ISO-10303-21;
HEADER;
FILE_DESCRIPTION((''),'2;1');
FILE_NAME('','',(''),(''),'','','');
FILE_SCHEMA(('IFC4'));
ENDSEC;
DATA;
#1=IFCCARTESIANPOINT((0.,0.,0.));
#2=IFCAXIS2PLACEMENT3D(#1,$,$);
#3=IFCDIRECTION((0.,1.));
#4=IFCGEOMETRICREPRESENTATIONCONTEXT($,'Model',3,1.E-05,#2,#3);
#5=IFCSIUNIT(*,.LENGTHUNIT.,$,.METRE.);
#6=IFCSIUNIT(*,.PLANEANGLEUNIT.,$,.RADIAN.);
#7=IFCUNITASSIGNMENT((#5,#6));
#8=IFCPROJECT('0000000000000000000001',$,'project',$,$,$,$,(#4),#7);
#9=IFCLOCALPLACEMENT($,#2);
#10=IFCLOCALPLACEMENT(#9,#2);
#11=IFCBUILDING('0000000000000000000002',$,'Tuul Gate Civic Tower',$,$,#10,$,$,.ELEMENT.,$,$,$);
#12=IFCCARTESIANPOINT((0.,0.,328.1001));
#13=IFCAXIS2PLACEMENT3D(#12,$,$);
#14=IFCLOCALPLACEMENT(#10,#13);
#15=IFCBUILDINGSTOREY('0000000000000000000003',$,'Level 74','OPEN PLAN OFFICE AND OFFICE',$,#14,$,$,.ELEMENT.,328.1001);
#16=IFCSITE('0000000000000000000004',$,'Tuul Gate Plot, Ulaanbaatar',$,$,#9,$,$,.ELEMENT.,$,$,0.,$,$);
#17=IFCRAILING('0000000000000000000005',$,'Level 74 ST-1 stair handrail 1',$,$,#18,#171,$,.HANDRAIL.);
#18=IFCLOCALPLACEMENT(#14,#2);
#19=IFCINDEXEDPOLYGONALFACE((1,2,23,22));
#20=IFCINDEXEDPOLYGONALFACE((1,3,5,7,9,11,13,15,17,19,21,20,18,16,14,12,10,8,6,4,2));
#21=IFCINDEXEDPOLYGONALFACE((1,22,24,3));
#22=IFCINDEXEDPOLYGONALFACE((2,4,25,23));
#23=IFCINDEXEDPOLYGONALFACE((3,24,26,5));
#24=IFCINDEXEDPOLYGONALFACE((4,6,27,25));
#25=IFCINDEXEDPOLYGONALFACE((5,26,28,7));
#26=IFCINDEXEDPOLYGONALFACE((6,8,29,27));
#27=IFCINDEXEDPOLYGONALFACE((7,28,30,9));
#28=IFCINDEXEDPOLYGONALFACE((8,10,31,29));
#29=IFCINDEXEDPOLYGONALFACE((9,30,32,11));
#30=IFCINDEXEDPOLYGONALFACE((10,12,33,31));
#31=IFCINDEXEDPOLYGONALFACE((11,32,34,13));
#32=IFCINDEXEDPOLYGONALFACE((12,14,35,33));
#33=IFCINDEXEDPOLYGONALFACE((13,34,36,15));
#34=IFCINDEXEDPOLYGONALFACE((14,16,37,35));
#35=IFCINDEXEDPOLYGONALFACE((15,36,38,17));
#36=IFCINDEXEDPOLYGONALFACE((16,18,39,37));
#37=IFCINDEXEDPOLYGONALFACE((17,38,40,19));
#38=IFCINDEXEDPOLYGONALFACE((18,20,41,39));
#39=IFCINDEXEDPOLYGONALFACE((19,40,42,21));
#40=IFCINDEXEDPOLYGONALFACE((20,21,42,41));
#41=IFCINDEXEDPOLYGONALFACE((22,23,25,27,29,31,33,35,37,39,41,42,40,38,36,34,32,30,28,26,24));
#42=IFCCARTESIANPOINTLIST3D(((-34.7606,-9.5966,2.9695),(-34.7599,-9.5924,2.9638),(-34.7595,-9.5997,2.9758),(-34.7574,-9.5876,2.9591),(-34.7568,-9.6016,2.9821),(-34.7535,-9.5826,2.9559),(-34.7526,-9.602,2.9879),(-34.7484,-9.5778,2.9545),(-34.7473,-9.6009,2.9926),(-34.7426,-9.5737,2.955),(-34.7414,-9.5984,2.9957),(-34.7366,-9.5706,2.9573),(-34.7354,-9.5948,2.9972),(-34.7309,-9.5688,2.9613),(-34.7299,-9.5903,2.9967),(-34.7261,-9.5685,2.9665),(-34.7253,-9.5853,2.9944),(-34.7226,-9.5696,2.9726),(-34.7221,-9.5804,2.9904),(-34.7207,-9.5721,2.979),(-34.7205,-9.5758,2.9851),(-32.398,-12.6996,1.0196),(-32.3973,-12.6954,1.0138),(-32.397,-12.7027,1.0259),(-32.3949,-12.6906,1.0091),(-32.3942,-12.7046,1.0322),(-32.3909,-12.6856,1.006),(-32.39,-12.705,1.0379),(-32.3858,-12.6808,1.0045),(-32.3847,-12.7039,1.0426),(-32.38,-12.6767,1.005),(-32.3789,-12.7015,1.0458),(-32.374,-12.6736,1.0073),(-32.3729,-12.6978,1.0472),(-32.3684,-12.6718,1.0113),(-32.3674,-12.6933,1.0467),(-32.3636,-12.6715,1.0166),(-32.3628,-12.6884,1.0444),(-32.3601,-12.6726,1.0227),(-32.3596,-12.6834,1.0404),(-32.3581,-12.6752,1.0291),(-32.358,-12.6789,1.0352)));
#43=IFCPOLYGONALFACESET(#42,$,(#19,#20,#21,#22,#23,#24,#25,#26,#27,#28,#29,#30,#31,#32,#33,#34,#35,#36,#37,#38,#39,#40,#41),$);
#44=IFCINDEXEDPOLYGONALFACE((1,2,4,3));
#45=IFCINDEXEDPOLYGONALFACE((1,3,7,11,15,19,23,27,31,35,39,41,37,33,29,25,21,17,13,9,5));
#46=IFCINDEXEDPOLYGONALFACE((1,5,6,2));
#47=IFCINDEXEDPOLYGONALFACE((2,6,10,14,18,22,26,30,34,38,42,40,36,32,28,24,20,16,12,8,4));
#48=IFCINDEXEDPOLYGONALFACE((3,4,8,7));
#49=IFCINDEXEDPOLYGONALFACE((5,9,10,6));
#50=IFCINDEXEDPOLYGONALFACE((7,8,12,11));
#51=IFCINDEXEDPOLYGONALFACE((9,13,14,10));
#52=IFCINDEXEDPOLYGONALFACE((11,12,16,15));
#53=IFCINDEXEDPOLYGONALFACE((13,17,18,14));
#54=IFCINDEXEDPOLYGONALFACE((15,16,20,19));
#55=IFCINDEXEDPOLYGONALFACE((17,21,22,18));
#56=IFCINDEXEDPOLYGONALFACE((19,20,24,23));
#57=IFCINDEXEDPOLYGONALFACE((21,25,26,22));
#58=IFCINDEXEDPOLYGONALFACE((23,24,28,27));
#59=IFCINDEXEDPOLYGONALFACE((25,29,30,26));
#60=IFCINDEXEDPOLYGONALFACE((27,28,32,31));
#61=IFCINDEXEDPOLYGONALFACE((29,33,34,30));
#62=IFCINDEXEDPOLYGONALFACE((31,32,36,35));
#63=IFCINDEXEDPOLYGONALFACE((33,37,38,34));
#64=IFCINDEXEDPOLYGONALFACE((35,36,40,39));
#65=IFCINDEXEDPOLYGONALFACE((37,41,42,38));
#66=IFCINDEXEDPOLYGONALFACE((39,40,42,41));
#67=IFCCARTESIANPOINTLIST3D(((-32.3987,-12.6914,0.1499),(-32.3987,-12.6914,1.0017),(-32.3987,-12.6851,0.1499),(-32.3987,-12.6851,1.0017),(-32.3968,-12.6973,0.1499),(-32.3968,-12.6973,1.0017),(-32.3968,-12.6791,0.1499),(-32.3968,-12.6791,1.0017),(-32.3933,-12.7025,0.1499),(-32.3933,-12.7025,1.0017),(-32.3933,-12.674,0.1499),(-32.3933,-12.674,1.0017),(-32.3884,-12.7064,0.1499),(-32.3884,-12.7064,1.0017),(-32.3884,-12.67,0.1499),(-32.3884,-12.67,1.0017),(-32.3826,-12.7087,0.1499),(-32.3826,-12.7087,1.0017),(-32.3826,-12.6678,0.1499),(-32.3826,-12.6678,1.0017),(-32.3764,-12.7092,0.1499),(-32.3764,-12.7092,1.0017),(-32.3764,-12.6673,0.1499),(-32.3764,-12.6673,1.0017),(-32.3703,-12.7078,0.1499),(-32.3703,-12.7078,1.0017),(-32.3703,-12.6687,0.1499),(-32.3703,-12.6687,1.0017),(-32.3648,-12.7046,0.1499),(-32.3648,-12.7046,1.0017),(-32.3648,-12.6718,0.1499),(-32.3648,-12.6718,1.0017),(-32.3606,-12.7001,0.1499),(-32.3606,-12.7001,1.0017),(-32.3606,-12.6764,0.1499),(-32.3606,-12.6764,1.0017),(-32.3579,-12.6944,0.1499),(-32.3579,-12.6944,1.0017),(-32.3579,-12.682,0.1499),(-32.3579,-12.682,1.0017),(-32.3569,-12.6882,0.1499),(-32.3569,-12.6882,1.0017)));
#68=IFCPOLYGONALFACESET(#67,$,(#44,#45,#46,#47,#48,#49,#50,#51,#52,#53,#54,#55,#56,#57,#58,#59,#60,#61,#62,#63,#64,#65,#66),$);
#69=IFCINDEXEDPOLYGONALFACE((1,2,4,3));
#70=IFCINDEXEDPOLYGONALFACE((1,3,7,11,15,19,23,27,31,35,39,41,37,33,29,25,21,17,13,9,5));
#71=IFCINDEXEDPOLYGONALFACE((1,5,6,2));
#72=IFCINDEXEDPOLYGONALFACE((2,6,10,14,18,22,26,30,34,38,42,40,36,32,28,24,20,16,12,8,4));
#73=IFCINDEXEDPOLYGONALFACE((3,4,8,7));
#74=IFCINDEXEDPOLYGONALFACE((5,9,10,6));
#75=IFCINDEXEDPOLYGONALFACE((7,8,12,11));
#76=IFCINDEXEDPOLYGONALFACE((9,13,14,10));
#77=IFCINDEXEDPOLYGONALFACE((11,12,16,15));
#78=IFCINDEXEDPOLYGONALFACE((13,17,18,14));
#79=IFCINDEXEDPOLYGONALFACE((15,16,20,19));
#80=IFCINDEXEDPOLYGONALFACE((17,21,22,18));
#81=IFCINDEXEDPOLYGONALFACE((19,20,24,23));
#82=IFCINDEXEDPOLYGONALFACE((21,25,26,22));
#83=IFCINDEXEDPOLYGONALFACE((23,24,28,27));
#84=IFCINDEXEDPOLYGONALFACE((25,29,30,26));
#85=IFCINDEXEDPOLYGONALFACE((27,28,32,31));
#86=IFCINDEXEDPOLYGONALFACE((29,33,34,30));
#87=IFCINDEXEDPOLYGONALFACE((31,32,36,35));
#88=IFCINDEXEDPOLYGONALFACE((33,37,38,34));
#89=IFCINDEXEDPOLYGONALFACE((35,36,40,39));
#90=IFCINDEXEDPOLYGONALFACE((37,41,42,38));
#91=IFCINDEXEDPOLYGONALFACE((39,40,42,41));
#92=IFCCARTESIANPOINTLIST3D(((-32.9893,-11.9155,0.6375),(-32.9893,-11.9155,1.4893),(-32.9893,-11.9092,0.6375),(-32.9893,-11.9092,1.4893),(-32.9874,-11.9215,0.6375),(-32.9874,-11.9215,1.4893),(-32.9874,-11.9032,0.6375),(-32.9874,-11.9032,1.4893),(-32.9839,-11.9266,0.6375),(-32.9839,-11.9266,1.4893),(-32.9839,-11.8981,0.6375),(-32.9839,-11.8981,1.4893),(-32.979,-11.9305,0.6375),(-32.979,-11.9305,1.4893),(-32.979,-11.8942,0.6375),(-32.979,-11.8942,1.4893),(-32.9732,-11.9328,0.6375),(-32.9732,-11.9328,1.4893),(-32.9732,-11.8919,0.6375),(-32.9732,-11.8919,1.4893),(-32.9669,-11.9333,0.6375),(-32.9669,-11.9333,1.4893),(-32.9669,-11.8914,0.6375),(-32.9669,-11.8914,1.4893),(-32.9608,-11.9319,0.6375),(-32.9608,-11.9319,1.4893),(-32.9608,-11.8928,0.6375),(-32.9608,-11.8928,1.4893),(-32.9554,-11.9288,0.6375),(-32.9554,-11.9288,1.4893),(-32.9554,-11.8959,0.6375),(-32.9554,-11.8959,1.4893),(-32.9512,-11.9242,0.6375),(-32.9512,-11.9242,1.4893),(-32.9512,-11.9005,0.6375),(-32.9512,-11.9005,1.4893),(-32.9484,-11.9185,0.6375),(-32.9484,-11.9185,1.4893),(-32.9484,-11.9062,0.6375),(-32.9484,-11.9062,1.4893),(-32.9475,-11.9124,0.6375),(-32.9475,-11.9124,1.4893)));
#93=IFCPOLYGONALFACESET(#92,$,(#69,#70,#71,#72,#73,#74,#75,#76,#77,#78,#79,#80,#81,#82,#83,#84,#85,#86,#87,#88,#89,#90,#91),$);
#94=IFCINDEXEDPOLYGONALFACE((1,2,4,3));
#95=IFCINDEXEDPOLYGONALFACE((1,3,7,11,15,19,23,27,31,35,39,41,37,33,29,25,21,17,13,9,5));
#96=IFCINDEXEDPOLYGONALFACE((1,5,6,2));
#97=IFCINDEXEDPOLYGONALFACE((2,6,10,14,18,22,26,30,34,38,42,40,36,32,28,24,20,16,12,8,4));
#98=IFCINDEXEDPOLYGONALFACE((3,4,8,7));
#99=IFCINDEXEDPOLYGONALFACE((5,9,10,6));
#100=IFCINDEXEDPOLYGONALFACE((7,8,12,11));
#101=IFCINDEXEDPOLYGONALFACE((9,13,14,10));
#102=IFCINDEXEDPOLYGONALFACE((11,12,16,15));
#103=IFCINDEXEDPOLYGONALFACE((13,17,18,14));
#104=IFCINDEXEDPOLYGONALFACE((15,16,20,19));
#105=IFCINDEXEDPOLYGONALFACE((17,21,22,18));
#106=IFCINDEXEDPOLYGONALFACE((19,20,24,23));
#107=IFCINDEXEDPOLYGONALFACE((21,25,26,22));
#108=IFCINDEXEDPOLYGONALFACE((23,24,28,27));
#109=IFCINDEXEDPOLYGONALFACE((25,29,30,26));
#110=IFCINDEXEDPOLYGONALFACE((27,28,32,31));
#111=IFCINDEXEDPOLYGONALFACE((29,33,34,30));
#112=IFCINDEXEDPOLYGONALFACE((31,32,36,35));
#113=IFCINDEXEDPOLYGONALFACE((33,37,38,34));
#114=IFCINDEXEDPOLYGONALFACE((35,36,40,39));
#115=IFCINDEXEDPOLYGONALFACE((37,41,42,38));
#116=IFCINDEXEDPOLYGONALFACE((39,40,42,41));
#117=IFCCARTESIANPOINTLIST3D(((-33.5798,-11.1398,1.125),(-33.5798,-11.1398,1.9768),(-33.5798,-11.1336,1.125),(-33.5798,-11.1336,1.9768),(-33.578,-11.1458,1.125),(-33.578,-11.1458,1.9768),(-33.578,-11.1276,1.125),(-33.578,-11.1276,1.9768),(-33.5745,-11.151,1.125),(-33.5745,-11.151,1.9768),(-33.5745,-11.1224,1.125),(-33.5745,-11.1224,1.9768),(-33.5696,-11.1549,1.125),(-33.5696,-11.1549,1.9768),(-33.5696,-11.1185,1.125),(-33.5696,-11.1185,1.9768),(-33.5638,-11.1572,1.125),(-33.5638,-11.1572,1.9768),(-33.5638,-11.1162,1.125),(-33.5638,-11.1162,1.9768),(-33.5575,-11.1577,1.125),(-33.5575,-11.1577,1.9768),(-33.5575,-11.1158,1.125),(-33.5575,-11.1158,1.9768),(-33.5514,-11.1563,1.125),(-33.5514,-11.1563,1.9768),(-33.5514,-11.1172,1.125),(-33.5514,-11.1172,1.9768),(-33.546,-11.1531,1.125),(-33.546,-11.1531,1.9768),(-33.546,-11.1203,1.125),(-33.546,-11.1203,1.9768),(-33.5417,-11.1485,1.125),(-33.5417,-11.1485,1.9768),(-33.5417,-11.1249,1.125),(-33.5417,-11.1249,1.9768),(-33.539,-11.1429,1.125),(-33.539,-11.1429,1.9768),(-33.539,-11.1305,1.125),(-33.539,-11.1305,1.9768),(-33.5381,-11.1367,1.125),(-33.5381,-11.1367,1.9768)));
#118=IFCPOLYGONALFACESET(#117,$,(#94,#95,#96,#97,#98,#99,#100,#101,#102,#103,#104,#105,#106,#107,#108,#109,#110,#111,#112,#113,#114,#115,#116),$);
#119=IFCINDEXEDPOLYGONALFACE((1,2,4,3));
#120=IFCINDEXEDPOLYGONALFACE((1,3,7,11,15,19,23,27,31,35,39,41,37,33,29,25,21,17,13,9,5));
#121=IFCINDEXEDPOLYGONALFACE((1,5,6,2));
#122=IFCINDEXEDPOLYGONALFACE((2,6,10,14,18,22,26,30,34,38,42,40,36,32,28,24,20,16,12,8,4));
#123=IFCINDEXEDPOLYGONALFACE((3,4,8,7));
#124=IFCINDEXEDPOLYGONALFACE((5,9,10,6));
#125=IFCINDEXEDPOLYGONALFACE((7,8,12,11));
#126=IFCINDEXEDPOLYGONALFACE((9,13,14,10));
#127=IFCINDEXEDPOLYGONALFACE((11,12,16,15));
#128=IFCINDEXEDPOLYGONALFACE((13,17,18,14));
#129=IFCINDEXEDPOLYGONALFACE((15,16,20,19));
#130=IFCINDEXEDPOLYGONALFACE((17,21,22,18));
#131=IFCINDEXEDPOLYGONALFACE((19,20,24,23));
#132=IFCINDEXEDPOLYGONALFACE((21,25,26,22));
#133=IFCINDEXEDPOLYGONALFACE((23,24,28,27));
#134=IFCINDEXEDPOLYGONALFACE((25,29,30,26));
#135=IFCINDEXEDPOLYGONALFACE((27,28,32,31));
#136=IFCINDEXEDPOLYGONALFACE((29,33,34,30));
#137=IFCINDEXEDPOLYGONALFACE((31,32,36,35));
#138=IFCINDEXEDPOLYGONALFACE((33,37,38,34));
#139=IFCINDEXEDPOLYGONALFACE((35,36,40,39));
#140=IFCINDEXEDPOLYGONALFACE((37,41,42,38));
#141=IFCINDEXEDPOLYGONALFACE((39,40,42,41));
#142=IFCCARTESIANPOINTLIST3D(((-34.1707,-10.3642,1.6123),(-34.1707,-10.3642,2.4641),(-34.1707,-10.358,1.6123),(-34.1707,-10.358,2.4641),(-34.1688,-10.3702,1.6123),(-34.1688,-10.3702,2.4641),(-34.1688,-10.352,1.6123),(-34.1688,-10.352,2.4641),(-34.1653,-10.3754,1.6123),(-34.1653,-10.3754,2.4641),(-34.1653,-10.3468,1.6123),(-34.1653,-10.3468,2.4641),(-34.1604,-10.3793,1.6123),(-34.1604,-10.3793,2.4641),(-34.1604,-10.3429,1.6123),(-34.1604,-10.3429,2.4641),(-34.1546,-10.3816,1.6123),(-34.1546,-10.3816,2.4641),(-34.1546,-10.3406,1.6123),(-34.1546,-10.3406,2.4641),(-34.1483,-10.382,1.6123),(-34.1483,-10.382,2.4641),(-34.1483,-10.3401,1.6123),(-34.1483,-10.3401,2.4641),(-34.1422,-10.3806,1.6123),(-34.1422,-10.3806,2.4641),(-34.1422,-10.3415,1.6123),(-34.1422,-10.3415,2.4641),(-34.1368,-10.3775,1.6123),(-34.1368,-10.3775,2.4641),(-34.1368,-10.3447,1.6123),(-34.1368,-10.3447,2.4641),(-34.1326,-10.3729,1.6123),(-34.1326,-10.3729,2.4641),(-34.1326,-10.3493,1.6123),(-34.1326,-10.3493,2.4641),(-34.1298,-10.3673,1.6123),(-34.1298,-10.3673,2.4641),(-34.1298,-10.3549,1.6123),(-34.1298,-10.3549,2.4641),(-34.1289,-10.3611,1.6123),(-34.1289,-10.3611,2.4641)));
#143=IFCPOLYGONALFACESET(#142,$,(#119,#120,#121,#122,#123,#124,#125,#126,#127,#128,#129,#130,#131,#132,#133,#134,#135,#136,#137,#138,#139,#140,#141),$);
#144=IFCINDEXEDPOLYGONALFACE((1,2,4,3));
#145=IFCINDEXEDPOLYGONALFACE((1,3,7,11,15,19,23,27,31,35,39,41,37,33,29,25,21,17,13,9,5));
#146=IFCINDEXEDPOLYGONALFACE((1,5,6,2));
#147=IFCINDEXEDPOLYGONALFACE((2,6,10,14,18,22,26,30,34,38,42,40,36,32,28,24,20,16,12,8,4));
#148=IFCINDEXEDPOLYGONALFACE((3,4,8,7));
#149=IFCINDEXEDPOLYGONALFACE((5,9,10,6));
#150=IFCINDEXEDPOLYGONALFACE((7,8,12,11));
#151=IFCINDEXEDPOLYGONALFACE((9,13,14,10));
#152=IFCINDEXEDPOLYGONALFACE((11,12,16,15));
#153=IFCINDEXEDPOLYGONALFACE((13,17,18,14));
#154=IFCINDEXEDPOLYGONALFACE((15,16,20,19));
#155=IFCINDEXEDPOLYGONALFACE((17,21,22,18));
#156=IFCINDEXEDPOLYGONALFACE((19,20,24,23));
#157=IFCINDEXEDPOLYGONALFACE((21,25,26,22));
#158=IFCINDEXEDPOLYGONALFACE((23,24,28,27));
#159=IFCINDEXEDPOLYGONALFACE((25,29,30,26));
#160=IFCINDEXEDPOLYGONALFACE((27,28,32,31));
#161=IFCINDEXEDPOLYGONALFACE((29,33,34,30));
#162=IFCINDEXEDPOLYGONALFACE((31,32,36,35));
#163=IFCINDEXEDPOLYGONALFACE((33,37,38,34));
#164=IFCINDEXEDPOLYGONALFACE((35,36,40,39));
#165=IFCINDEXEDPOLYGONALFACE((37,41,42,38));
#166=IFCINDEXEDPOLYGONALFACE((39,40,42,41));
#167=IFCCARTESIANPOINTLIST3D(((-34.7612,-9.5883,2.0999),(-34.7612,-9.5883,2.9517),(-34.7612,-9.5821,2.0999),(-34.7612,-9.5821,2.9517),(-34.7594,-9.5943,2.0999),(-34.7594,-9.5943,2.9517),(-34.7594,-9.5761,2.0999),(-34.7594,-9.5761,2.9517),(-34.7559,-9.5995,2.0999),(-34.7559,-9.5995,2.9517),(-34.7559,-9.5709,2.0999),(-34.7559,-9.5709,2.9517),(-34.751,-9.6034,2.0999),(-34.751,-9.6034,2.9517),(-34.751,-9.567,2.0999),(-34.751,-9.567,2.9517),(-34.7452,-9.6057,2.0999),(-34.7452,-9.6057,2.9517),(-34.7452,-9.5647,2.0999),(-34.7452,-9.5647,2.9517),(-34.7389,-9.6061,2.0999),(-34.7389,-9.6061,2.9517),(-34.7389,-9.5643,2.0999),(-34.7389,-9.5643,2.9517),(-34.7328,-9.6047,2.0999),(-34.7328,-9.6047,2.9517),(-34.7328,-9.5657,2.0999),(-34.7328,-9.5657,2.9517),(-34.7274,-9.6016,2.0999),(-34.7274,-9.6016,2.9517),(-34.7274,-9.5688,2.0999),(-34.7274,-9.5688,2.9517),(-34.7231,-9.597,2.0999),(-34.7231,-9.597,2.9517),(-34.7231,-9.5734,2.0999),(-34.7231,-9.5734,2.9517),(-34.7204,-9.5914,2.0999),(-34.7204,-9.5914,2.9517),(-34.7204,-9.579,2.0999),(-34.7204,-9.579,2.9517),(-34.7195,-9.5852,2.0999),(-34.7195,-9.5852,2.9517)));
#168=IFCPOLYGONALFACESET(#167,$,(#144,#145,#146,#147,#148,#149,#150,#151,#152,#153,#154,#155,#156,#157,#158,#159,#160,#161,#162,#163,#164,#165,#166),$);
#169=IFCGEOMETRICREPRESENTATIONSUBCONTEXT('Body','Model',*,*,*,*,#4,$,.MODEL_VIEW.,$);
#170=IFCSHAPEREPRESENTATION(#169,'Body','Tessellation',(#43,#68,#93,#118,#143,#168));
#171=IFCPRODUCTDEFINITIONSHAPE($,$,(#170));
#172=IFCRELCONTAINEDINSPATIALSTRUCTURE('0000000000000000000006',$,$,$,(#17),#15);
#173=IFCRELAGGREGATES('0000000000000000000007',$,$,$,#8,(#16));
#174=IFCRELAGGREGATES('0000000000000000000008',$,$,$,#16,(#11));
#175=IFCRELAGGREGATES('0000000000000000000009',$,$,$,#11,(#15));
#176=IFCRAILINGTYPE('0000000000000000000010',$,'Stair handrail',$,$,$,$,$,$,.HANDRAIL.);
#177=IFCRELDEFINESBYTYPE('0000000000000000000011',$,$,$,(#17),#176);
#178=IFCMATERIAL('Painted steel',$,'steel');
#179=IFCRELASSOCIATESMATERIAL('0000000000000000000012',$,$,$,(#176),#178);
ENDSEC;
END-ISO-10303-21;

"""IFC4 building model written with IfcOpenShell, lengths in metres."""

from ifc_helpers import new_model, si_unit, direction, frame, origin, origin_2d, place, context, subcontext, project, spatial, circle, extrude, material, type_object, element, save


model = new_model("IFC4")

# Units and contexts
model_context = context("Model", 3, precision=1e-05, world=origin(), true_north=direction((0.0, 1.0)))
body_context = subcontext(model_context, "Body", "Model", "MODEL_VIEW")
ifc_project = project(units=[si_unit("LENGTHUNIT", "METRE"), si_unit("PLANEANGLEUNIT", "RADIAN")], contexts=[model_context])

# Site, building, storey
site_placement = place(None, origin())
site = spatial("IfcSite", under=ifc_project, at=site_placement, Name="Tuul Gate Plot, Ulaanbaatar", CompositionType="ELEMENT", RefElevation=0.0)
building_placement = place(site_placement, origin())
building = spatial("IfcBuilding", under=site, at=building_placement, Name="Tuul Gate Civic Tower", CompositionType="ELEMENT")
storey_placement = place(building_placement, frame((0.0, 0.0, 328.1001)))
storey = spatial("IfcBuildingStorey", under=building, at=storey_placement, Name="Level 74", Description="OPEN PLAN OFFICE AND OFFICE", CompositionType="ELEMENT", Elevation=328.1001)

# Railing
ifc_material_1 = material(Name="Painted steel", Category="steel")
railing_type_1 = type_object("IfcRailingType", Name="Stair handrail", PredefinedType="HANDRAIL", material=ifc_material_1)
railing_1_placement = place(storey_placement, frame((-32.3779, -12.6882, 0.1499)))
element("IfcRailing", 1, at=railing_1_placement, inside=storey, type_object=railing_type_1, Name="Level 74 ST-1 stair handrail 1", PredefinedType="HANDRAIL", context=body_context, shape_type="SweptSolid", body=[
    extrude(circle(Radius=0.0239, at=origin_2d()), frame((0.0, 0.0, 0.876), z_axis=(-0.541824, 0.711645, 0.4472), x_axis=(-0.795637, -0.605773, 0.0)), (0.0, 0.0, 1.0), 4.3604),
    extrude(circle(Radius=0.021, at=origin_2d()), origin(), (0.0, 0.0, 1.0), 0.8518),
    extrude(circle(Radius=0.021, at=origin_2d()), frame((-0.5906, 0.7759, 0.4875)), (0.0, 0.0, 1.0), 0.8518),
    extrude(circle(Radius=0.021, at=origin_2d()), frame((-1.1812, 1.5515, 0.9751)), (0.0, 0.0, 1.0), 0.8518),
    extrude(circle(Radius=0.021, at=origin_2d()), frame((-1.772, 2.3271, 1.4624)), (0.0, 0.0, 1.0), 0.8518),
    extrude(circle(Radius=0.021, at=origin_2d()), frame((-2.3625, 3.103, 1.95)), (0.0, 0.0, 1.0), 0.8518),
])

save(model, "model.ifc")
